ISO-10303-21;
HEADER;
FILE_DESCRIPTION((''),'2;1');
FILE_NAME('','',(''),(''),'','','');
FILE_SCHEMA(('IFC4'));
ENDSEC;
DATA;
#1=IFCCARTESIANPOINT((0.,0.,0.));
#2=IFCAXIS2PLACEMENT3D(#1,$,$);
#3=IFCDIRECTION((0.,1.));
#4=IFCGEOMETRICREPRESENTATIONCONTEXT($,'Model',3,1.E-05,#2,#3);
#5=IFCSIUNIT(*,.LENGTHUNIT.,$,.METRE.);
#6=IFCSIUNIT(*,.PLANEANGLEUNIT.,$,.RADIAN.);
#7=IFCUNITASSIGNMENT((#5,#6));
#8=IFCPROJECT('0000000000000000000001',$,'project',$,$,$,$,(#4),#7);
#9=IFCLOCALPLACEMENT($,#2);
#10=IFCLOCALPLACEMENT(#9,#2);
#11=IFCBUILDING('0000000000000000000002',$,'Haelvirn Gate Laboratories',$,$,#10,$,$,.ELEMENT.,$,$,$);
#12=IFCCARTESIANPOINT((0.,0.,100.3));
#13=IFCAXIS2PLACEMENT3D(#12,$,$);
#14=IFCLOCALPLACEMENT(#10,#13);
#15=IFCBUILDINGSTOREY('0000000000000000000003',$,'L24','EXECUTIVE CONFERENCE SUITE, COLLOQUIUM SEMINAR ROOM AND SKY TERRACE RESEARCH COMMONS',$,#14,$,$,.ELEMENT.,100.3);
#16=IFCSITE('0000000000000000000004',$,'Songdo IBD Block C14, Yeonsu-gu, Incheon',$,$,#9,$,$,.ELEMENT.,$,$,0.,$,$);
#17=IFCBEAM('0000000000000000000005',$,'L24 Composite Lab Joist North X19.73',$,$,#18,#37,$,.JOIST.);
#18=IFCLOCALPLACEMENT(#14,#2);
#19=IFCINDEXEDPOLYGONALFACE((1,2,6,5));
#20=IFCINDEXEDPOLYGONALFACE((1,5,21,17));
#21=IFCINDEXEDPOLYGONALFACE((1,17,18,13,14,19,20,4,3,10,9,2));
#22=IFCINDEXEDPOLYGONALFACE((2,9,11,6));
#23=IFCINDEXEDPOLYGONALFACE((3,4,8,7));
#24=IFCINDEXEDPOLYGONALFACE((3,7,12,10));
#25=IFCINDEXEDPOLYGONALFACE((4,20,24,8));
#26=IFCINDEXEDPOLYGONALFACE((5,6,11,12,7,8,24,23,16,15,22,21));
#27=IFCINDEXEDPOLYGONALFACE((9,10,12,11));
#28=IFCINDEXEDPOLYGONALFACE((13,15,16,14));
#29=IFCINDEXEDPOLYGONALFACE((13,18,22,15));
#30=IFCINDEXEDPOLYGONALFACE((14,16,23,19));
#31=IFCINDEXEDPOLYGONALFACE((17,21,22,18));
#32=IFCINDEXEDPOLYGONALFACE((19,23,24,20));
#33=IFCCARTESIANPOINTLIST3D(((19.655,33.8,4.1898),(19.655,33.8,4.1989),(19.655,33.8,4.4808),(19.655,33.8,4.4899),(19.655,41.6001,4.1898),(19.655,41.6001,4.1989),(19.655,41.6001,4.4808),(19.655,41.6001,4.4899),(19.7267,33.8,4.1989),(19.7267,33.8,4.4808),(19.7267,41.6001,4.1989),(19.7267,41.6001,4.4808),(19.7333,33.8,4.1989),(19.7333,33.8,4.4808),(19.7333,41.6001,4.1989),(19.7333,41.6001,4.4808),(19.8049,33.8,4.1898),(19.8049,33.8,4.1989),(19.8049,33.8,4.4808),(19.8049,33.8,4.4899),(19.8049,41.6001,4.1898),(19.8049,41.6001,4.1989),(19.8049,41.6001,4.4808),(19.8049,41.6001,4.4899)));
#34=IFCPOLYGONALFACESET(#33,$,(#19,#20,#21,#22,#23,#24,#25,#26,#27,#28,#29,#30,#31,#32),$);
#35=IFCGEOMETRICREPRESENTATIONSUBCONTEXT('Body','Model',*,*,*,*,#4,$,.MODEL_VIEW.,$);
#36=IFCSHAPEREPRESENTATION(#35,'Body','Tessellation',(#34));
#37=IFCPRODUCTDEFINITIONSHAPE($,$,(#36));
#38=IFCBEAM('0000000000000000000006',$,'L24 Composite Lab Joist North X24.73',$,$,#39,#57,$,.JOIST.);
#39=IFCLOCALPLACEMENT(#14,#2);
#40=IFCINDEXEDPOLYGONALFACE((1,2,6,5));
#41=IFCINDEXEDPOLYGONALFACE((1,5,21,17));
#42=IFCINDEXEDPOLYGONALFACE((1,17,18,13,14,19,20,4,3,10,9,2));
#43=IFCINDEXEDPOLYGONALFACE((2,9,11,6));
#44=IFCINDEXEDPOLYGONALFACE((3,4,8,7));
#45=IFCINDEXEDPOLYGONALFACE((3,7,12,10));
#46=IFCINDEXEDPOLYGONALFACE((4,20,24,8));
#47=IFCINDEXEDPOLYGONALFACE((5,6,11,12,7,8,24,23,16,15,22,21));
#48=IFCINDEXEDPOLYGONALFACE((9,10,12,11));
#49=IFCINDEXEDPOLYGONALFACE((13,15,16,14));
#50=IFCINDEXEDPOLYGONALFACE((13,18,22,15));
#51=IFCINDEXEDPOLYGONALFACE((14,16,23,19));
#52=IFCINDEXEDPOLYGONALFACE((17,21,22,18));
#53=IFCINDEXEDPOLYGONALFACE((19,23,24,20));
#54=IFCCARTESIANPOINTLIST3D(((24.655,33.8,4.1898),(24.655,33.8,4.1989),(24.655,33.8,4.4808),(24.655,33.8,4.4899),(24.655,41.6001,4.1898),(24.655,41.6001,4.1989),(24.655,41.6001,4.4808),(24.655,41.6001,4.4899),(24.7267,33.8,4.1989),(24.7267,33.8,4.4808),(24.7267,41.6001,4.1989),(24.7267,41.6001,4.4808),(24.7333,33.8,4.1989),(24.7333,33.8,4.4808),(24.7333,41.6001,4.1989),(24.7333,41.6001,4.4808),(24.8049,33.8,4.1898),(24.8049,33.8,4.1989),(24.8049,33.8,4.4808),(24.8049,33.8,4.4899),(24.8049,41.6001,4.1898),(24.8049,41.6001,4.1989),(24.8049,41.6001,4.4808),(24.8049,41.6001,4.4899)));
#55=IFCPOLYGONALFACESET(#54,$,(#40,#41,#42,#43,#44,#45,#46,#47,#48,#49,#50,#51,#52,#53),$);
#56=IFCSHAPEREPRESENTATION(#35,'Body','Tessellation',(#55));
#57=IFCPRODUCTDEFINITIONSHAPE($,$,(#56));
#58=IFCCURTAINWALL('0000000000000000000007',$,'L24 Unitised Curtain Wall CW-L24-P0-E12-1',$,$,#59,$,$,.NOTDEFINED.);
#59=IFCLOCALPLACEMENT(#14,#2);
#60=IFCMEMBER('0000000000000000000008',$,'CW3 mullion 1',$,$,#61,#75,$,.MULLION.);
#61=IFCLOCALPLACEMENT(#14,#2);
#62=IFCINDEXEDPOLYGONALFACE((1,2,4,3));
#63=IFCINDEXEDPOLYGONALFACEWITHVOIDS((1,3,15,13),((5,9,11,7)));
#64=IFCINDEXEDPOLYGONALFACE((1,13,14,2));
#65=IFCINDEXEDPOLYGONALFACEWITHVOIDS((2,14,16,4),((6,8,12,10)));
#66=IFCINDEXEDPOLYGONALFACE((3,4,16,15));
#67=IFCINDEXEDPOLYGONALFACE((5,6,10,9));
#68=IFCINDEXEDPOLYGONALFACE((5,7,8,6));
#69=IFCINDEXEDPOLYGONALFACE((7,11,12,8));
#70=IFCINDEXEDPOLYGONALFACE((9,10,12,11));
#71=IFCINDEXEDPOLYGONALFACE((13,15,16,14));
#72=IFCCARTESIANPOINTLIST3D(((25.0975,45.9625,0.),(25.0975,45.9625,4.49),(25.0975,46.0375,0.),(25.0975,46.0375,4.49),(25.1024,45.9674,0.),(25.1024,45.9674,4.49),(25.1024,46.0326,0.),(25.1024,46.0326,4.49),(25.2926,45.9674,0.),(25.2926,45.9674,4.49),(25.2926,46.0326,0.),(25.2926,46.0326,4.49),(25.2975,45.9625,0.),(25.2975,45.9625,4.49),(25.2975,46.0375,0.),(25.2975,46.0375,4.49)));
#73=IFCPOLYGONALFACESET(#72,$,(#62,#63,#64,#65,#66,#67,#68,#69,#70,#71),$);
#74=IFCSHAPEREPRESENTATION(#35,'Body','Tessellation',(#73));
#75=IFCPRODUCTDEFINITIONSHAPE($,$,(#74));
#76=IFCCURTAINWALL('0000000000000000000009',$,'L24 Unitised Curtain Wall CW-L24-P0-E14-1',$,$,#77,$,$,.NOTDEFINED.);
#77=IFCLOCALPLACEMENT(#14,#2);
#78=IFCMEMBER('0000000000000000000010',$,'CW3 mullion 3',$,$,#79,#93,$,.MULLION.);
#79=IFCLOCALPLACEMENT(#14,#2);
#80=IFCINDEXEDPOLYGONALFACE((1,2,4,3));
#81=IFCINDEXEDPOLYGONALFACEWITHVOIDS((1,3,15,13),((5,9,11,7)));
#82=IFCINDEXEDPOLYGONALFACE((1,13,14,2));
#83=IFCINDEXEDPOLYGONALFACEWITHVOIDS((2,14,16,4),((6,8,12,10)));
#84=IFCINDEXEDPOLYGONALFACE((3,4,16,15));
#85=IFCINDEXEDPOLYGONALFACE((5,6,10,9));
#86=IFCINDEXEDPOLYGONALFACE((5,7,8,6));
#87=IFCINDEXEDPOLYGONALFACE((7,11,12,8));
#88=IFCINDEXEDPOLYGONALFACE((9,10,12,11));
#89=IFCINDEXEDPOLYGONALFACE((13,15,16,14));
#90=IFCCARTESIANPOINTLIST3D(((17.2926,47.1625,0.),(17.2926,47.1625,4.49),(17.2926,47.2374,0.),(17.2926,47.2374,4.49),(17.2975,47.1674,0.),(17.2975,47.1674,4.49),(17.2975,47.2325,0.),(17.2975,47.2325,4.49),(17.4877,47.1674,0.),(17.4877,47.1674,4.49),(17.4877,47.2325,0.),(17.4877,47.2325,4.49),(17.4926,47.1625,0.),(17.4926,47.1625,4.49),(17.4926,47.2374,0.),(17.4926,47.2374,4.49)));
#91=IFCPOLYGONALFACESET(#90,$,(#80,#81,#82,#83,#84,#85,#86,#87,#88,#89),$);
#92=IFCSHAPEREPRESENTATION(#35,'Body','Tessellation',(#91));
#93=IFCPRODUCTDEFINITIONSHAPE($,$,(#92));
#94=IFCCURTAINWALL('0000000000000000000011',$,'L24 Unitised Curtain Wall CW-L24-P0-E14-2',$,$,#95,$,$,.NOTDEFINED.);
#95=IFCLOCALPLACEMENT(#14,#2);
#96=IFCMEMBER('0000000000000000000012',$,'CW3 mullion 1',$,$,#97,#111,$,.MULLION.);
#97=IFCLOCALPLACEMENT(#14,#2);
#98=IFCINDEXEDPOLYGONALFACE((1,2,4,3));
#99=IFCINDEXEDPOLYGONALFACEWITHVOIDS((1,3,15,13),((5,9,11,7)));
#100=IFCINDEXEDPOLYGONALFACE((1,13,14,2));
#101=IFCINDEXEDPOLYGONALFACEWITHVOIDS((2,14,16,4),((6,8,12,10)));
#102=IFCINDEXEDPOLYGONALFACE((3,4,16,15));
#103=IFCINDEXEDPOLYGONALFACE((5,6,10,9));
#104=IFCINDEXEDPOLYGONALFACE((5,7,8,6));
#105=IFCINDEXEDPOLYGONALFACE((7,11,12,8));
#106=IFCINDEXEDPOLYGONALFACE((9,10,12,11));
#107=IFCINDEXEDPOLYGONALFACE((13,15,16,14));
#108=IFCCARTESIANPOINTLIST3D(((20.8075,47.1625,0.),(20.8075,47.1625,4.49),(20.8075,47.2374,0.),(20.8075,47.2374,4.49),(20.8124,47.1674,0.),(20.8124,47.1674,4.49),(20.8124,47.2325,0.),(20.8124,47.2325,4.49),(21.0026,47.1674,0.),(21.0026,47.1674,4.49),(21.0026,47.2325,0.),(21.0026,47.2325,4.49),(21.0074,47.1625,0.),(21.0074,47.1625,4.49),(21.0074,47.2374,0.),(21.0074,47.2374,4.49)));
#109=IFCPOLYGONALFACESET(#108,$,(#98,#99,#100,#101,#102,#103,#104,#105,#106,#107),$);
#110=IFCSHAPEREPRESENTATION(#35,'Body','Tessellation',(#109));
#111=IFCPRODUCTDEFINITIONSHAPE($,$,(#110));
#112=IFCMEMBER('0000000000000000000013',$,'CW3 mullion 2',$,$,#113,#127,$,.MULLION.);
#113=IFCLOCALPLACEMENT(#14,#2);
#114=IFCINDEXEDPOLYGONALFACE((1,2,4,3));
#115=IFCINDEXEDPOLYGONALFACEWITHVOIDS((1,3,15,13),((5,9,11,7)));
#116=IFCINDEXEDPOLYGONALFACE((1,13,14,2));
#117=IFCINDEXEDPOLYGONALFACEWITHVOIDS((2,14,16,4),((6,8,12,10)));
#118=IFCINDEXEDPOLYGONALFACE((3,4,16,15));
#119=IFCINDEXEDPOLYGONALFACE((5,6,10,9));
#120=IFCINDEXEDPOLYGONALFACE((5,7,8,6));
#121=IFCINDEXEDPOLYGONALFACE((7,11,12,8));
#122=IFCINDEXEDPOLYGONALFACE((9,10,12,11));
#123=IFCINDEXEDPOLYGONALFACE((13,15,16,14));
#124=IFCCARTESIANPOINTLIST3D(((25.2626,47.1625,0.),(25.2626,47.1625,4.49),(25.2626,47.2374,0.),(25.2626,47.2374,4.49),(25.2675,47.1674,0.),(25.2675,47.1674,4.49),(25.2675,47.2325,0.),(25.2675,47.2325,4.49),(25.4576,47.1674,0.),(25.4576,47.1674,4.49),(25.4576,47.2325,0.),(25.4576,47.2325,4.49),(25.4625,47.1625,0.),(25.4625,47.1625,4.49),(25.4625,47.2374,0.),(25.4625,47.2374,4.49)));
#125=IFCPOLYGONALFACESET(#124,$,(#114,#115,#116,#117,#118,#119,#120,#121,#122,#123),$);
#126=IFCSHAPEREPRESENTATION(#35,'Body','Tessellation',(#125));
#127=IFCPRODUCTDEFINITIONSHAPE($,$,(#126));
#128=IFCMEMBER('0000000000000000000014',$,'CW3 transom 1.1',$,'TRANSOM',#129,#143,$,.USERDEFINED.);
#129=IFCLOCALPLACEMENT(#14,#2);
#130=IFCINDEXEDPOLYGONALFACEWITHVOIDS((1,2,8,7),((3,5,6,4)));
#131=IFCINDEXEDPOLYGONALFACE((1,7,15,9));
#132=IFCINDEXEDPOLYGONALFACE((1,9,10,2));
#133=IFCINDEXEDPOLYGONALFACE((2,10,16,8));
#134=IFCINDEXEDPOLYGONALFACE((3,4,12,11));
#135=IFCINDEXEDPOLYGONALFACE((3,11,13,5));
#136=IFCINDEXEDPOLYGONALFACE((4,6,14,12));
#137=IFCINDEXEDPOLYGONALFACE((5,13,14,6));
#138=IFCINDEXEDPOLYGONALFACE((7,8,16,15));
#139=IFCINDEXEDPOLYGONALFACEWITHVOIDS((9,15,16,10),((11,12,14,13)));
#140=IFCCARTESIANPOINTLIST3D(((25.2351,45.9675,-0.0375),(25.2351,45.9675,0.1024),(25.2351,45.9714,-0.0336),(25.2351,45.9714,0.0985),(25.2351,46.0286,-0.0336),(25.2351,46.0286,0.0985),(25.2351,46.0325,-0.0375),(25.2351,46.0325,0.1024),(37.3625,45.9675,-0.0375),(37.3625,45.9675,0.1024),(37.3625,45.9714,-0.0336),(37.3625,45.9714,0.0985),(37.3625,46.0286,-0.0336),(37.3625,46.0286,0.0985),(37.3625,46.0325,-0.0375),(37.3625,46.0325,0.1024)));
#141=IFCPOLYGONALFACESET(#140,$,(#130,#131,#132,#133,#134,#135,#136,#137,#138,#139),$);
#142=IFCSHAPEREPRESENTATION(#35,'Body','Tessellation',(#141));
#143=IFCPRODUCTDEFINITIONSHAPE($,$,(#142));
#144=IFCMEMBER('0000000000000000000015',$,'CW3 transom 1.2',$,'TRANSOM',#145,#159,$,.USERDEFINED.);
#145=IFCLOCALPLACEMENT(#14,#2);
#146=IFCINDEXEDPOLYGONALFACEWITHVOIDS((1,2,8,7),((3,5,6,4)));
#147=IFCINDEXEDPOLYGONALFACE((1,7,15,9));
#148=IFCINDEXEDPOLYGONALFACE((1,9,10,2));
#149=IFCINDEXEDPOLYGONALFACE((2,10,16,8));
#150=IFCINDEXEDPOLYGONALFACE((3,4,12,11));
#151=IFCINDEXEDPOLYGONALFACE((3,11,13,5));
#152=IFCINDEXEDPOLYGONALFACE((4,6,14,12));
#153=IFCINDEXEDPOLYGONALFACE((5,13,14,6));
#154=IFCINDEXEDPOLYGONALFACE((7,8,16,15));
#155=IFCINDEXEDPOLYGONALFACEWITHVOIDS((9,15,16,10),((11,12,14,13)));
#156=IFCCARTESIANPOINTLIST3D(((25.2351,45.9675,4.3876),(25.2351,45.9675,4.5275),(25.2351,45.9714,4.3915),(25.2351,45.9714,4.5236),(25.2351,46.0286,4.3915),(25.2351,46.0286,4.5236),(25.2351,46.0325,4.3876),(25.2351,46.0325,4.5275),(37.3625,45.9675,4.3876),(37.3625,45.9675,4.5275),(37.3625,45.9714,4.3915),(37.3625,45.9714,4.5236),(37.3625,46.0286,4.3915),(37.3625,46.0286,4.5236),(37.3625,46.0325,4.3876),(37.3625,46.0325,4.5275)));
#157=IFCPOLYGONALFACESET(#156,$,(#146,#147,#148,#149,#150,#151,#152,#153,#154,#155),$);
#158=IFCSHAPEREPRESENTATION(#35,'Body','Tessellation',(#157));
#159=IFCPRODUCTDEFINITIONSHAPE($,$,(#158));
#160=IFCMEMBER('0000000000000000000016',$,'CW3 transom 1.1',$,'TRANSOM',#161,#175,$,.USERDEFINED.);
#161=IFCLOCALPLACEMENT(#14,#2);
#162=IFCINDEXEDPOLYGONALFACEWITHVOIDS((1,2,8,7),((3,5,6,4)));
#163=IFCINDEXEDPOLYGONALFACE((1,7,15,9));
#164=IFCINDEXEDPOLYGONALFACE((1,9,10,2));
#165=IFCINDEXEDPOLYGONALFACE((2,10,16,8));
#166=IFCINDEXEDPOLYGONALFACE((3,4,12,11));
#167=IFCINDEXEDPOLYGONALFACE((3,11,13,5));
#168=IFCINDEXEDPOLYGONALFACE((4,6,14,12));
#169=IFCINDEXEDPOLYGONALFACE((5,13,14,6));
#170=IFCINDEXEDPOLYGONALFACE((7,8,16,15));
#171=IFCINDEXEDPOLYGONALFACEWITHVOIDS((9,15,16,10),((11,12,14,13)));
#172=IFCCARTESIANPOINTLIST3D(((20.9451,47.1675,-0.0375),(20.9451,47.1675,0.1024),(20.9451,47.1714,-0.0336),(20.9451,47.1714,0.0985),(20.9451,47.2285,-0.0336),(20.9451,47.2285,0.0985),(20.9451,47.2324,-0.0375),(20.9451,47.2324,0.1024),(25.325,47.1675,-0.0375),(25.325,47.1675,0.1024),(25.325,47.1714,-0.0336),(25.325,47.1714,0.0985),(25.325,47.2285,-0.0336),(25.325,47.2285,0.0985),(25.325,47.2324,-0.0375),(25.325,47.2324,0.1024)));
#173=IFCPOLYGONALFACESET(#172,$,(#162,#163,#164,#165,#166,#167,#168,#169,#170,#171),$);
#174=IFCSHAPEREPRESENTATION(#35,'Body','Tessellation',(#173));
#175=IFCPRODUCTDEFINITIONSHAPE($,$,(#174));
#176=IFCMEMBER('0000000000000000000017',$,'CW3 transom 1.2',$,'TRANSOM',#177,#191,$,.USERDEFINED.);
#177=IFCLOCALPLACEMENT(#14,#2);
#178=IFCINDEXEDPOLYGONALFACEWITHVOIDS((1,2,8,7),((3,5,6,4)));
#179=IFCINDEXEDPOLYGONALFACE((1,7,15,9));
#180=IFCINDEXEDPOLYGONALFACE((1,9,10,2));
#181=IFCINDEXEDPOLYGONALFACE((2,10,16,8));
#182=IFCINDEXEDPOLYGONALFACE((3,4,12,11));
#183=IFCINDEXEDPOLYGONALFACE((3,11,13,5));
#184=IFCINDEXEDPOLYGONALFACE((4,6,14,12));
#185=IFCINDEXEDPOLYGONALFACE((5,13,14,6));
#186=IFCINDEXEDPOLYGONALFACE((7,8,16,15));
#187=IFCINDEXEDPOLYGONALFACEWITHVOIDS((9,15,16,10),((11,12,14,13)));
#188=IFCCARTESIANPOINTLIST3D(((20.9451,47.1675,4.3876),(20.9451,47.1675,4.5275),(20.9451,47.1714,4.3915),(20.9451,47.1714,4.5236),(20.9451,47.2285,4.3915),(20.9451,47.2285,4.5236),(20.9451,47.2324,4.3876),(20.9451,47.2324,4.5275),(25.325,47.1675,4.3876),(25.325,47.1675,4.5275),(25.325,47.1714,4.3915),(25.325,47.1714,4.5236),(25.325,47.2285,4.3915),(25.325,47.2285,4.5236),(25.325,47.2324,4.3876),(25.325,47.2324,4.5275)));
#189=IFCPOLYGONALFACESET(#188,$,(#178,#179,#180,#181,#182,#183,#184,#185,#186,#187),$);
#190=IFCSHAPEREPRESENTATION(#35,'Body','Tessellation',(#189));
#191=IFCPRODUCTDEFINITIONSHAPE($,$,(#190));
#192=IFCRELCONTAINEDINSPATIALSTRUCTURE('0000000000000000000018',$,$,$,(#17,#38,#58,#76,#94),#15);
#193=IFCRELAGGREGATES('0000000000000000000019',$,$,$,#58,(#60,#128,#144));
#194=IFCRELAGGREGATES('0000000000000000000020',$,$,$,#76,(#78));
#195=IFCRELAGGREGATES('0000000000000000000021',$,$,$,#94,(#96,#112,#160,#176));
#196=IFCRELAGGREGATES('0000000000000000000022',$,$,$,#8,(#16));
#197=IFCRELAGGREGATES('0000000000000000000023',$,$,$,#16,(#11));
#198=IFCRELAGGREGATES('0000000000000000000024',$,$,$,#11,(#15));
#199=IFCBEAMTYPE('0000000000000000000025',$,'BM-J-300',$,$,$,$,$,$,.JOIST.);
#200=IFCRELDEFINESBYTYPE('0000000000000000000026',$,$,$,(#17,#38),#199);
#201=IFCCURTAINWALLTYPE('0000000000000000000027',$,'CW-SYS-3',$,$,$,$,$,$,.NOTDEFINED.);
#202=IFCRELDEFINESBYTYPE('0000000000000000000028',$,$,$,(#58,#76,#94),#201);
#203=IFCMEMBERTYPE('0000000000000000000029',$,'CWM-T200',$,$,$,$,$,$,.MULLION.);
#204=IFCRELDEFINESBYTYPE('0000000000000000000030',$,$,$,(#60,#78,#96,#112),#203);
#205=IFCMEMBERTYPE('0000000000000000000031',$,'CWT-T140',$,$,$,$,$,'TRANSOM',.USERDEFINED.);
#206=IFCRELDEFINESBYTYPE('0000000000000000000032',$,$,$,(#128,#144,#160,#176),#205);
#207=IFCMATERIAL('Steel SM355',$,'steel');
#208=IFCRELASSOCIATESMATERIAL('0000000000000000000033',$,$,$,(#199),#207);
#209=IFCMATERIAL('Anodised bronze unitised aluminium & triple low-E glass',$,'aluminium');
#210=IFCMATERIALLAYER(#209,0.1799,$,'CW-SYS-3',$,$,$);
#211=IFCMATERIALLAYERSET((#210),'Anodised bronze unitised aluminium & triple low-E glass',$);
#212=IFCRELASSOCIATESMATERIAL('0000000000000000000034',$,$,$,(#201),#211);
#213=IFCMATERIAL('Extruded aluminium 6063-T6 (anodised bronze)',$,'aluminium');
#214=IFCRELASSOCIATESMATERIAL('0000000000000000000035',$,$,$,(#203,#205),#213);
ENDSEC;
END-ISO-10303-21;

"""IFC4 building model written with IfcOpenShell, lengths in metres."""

from ifc_helpers import new_model, si_unit, direction, frame, origin, origin_2d, place, context, subcontext, project, spatial, hollow_rectangle, i_section, extrude, source, transform, mapped, material, layer, layer_set, material_profile, profile_set, type_object, type_shapes, element, aggregate, save


model = new_model("IFC4")

# Units and contexts
model_context = context("Model", 3, precision=1e-05, world=origin(), true_north=direction((0.0, 1.0)))
body_context = subcontext(model_context, "Body", "Model", "MODEL_VIEW")
ifc_project = project(units=[si_unit("LENGTHUNIT", "METRE"), si_unit("PLANEANGLEUNIT", "RADIAN")], contexts=[model_context])

# Site, building, storey
site_placement = place(None, origin())
site = spatial("IfcSite", under=ifc_project, at=site_placement, Name="Songdo IBD Block C14, Yeonsu-gu, Incheon", CompositionType="ELEMENT", RefElevation=0.0)
building_placement = place(site_placement, origin())
building = spatial("IfcBuilding", under=site, at=building_placement, Name="Haelvirn Gate Laboratories", CompositionType="ELEMENT")
storey_placement = place(building_placement, frame((0.0, 0.0, 100.3)))
storey = spatial("IfcBuildingStorey", under=building, at=storey_placement, Name="L24", Description="EXECUTIVE CONFERENCE SUITE, COLLOQUIUM SEMINAR ROOM AND SKY TERRACE RESEARCH COMMONS", CompositionType="ELEMENT", Elevation=100.3)

# Beams
ifc_material_1 = material(Name="Steel SM355", Category="steel")
ifc_material_profile_1 = material_profile(ifc_material_1, i_section(OverallWidth=0.1499, OverallDepth=0.3, WebThickness=0.0066, FlangeThickness=0.009, at=origin_2d()), Name="H-300x150x6.5x9")
ifc_profile_set_1 = profile_set([ifc_material_profile_1], Name="Steel SM355")
beam_type_1 = type_object("IfcBeamType", Name="BM-J-300", PredefinedType="JOIST", material=ifc_profile_set_1)
shared_shape_1 = source(origin(), body_context, "Body", "SweptSolid", [
    extrude(i_section(OverallWidth=0.1499, OverallDepth=0.3, WebThickness=0.0066, FlangeThickness=0.009, at=origin_2d()), origin(), (0.0, 0.0, 1.0), 7.8),
])
type_shapes(beam_type_1, [shared_shape_1])
for number, where, z_axis, x_axis, name in (
    (1, (19.73, 33.8, 4.3398), (0.0, 1.0, 0.0), (-1.0, 0.0, 0.0), "L24 Composite Lab Joist North X19.73"),
    (2, (24.73, 33.8, 4.3398), (0.0, 1.0, 0.0), (-1.0, 0.0, 0.0), "L24 Composite Lab Joist North X24.73"),
):
    element("IfcBeam", number, at=place(storey_placement, frame(where, z_axis=z_axis, x_axis=x_axis)), inside=storey, type_object=beam_type_1, Name=name, PredefinedType="JOIST", context=body_context, shape_type="MappedRepresentation", body=[
        mapped(shared_shape_1, transform((0.0, 0.0, 0.0), scale=1.0)),
    ])

# Curtain walls, members
ifc_material_2 = material(Name="Anodised bronze unitised aluminium & triple low-E glass", Category="aluminium")
ifc_layer_1 = layer(ifc_material_2, 0.1799, Name="CW-SYS-3")
ifc_layer_set_1 = layer_set([ifc_layer_1], Name="Anodised bronze unitised aluminium & triple low-E glass")
curtain_wall_type = type_object("IfcCurtainWallType", Name="CW-SYS-3", PredefinedType="NOTDEFINED", material=ifc_layer_set_1)
curtain_wall_1_placement = place(storey_placement, origin())
curtain_wall_1 = element("IfcCurtainWall", 3, at=curtain_wall_1_placement, inside=storey, type_object=curtain_wall_type, Name="L24 Unitised Curtain Wall CW-L24-P0-E12-1", PredefinedType="NOTDEFINED")
ifc_material_3 = material(Name="Extruded aluminium 6063-T6 (anodised bronze)", Category="aluminium")
ifc_material_profile_2 = material_profile(ifc_material_3, hollow_rectangle(XDim=0.075, YDim=0.2, WallThickness=0.0049, at=origin_2d()), Name="CWM-200x75x5")
ifc_profile_set_2 = profile_set([ifc_material_profile_2], Name="Extruded aluminium 6063-T6 (anodised bronze)")
member_type_1 = type_object("IfcMemberType", Name="CWM-T200", PredefinedType="MULLION", material=ifc_profile_set_2)
shared_shape_2 = source(origin(), body_context, "Body", "SweptSolid", [
    extrude(hollow_rectangle(XDim=0.075, YDim=0.2, WallThickness=0.0049, at=origin_2d()), origin(), (0.0, 0.0, 1.0), 4.49),
])
type_shapes(member_type_1, [shared_shape_2])
member_1_placement = place(storey_placement, frame((25.1975, 46.0, 0.0), z_axis=(0.0, 0.0, 1.0), x_axis=(0.0, 1.0, 0.0)))
member_1 = element("IfcMember", 4, at=member_1_placement, type_object=member_type_1, Name="CW3 mullion 1", PredefinedType="MULLION", context=body_context, shape_type="MappedRepresentation", body=[
    mapped(shared_shape_2, transform((0.0, 0.0, 0.0), scale=1.0)),
])
curtain_wall_2_placement = place(storey_placement, origin())
curtain_wall_2 = element("IfcCurtainWall", 5, at=curtain_wall_2_placement, inside=storey, type_object=curtain_wall_type, Name="L24 Unitised Curtain Wall CW-L24-P0-E14-1", PredefinedType="NOTDEFINED")
member_2_placement = place(storey_placement, frame((17.3926, 47.2, 0.0), z_axis=(0.0, 0.0, 1.0), x_axis=(0.0, 1.0, 0.0)))
member_2 = element("IfcMember", 6, at=member_2_placement, type_object=member_type_1, Name="CW3 mullion 3", PredefinedType="MULLION", context=body_context, shape_type="MappedRepresentation", body=[
    mapped(shared_shape_2, transform((0.0, 0.0, 0.0), scale=1.0)),
])

# Curtain wall, members
curtain_wall_3_placement = place(storey_placement, origin())
curtain_wall_3 = element("IfcCurtainWall", 7, at=curtain_wall_3_placement, inside=storey, type_object=curtain_wall_type, Name="L24 Unitised Curtain Wall CW-L24-P0-E14-2", PredefinedType="NOTDEFINED")
member_3_placement = place(storey_placement, frame((20.9075, 47.2, 0.0), z_axis=(0.0, 0.0, 1.0), x_axis=(0.0, 1.0, 0.0)))
member_3 = element("IfcMember", 8, at=member_3_placement, type_object=member_type_1, Name="CW3 mullion 1", PredefinedType="MULLION", context=body_context, shape_type="MappedRepresentation", body=[
    mapped(shared_shape_2, transform((0.0, 0.0, 0.0), scale=1.0)),
])
member_4_placement = place(storey_placement, frame((25.3625, 47.2, 0.0), z_axis=(0.0, 0.0, 1.0), x_axis=(0.0, 1.0, 0.0)))
member_4 = element("IfcMember", 9, at=member_4_placement, type_object=member_type_1, Name="CW3 mullion 2", PredefinedType="MULLION", context=body_context, shape_type="MappedRepresentation", body=[
    mapped(shared_shape_2, transform((0.0, 0.0, 0.0), scale=1.0)),
])

# Members
ifc_material_profile_3 = material_profile(ifc_material_3, hollow_rectangle(XDim=0.0649, YDim=0.1399, WallThickness=0.0039, at=origin_2d()), Name="CWT-140x65x4")
ifc_profile_set_3 = profile_set([ifc_material_profile_3], Name="Extruded aluminium 6063-T6 (anodised bronze)")
member_type_2 = type_object("IfcMemberType", Name="CWT-T140", ElementType="TRANSOM", PredefinedType="USERDEFINED", material=ifc_profile_set_3)
shared_shape_3 = source(origin(), body_context, "Body", "SweptSolid", [
    extrude(hollow_rectangle(XDim=0.0649, YDim=0.1399, WallThickness=0.0039, at=origin_2d()), origin(), (0.0, 0.0, 1.0), 12.1274),
])
member_5_placement = place(storey_placement, frame((25.2351, 46.0, 0.0325), z_axis=(1.0, 0.0, 0.0), x_axis=(0.0, 1.0, 0.0)))
member_5 = element("IfcMember", 10, at=member_5_placement, type_object=member_type_2, Name="CW3 transom 1.1", ObjectType="TRANSOM", PredefinedType="USERDEFINED", context=body_context, shape_type="MappedRepresentation", body=[
    mapped(shared_shape_3, transform((0.0, 0.0, 0.0), scale=1.0)),
])
member_6_placement = place(storey_placement, frame((25.2351, 46.0, 4.4575), z_axis=(1.0, 0.0, 0.0), x_axis=(0.0, 1.0, 0.0)))
member_6 = element("IfcMember", 11, at=member_6_placement, type_object=member_type_2, Name="CW3 transom 1.2", ObjectType="TRANSOM", PredefinedType="USERDEFINED", context=body_context, shape_type="MappedRepresentation", body=[
    mapped(shared_shape_3, transform((0.0, 0.0, 0.0), scale=1.0)),
])
aggregate(curtain_wall_1, [member_1, member_5, member_6])
shared_shape_4 = source(origin(), body_context, "Body", "SweptSolid", [
    extrude(hollow_rectangle(XDim=0.0649, YDim=0.1399, WallThickness=0.0039, at=origin_2d()), origin(), (0.0, 0.0, 1.0), 4.3799),
])
type_shapes(member_type_2, [shared_shape_3, shared_shape_4])
member_7_placement = place(storey_placement, frame((20.9451, 47.2, 0.0325), z_axis=(1.0, 0.0, 0.0), x_axis=(0.0, 1.0, 0.0)))
member_7 = element("IfcMember", 12, at=member_7_placement, type_object=member_type_2, Name="CW3 transom 1.1", ObjectType="TRANSOM", PredefinedType="USERDEFINED", context=body_context, shape_type="MappedRepresentation", body=[
    mapped(shared_shape_4, transform((0.0, 0.0, 0.0), scale=1.0)),
])
member_8_placement = place(storey_placement, frame((20.9451, 47.2, 4.4575), z_axis=(1.0, 0.0, 0.0), x_axis=(0.0, 1.0, 0.0)))
member_8 = element("IfcMember", 13, at=member_8_placement, type_object=member_type_2, Name="CW3 transom 1.2", ObjectType="TRANSOM", PredefinedType="USERDEFINED", context=body_context, shape_type="MappedRepresentation", body=[
    mapped(shared_shape_4, transform((0.0, 0.0, 0.0), scale=1.0)),
])

aggregate(curtain_wall_2, [member_2])
aggregate(curtain_wall_3, [member_3, member_4, member_7, member_8])

save(model, "model.ifc")
